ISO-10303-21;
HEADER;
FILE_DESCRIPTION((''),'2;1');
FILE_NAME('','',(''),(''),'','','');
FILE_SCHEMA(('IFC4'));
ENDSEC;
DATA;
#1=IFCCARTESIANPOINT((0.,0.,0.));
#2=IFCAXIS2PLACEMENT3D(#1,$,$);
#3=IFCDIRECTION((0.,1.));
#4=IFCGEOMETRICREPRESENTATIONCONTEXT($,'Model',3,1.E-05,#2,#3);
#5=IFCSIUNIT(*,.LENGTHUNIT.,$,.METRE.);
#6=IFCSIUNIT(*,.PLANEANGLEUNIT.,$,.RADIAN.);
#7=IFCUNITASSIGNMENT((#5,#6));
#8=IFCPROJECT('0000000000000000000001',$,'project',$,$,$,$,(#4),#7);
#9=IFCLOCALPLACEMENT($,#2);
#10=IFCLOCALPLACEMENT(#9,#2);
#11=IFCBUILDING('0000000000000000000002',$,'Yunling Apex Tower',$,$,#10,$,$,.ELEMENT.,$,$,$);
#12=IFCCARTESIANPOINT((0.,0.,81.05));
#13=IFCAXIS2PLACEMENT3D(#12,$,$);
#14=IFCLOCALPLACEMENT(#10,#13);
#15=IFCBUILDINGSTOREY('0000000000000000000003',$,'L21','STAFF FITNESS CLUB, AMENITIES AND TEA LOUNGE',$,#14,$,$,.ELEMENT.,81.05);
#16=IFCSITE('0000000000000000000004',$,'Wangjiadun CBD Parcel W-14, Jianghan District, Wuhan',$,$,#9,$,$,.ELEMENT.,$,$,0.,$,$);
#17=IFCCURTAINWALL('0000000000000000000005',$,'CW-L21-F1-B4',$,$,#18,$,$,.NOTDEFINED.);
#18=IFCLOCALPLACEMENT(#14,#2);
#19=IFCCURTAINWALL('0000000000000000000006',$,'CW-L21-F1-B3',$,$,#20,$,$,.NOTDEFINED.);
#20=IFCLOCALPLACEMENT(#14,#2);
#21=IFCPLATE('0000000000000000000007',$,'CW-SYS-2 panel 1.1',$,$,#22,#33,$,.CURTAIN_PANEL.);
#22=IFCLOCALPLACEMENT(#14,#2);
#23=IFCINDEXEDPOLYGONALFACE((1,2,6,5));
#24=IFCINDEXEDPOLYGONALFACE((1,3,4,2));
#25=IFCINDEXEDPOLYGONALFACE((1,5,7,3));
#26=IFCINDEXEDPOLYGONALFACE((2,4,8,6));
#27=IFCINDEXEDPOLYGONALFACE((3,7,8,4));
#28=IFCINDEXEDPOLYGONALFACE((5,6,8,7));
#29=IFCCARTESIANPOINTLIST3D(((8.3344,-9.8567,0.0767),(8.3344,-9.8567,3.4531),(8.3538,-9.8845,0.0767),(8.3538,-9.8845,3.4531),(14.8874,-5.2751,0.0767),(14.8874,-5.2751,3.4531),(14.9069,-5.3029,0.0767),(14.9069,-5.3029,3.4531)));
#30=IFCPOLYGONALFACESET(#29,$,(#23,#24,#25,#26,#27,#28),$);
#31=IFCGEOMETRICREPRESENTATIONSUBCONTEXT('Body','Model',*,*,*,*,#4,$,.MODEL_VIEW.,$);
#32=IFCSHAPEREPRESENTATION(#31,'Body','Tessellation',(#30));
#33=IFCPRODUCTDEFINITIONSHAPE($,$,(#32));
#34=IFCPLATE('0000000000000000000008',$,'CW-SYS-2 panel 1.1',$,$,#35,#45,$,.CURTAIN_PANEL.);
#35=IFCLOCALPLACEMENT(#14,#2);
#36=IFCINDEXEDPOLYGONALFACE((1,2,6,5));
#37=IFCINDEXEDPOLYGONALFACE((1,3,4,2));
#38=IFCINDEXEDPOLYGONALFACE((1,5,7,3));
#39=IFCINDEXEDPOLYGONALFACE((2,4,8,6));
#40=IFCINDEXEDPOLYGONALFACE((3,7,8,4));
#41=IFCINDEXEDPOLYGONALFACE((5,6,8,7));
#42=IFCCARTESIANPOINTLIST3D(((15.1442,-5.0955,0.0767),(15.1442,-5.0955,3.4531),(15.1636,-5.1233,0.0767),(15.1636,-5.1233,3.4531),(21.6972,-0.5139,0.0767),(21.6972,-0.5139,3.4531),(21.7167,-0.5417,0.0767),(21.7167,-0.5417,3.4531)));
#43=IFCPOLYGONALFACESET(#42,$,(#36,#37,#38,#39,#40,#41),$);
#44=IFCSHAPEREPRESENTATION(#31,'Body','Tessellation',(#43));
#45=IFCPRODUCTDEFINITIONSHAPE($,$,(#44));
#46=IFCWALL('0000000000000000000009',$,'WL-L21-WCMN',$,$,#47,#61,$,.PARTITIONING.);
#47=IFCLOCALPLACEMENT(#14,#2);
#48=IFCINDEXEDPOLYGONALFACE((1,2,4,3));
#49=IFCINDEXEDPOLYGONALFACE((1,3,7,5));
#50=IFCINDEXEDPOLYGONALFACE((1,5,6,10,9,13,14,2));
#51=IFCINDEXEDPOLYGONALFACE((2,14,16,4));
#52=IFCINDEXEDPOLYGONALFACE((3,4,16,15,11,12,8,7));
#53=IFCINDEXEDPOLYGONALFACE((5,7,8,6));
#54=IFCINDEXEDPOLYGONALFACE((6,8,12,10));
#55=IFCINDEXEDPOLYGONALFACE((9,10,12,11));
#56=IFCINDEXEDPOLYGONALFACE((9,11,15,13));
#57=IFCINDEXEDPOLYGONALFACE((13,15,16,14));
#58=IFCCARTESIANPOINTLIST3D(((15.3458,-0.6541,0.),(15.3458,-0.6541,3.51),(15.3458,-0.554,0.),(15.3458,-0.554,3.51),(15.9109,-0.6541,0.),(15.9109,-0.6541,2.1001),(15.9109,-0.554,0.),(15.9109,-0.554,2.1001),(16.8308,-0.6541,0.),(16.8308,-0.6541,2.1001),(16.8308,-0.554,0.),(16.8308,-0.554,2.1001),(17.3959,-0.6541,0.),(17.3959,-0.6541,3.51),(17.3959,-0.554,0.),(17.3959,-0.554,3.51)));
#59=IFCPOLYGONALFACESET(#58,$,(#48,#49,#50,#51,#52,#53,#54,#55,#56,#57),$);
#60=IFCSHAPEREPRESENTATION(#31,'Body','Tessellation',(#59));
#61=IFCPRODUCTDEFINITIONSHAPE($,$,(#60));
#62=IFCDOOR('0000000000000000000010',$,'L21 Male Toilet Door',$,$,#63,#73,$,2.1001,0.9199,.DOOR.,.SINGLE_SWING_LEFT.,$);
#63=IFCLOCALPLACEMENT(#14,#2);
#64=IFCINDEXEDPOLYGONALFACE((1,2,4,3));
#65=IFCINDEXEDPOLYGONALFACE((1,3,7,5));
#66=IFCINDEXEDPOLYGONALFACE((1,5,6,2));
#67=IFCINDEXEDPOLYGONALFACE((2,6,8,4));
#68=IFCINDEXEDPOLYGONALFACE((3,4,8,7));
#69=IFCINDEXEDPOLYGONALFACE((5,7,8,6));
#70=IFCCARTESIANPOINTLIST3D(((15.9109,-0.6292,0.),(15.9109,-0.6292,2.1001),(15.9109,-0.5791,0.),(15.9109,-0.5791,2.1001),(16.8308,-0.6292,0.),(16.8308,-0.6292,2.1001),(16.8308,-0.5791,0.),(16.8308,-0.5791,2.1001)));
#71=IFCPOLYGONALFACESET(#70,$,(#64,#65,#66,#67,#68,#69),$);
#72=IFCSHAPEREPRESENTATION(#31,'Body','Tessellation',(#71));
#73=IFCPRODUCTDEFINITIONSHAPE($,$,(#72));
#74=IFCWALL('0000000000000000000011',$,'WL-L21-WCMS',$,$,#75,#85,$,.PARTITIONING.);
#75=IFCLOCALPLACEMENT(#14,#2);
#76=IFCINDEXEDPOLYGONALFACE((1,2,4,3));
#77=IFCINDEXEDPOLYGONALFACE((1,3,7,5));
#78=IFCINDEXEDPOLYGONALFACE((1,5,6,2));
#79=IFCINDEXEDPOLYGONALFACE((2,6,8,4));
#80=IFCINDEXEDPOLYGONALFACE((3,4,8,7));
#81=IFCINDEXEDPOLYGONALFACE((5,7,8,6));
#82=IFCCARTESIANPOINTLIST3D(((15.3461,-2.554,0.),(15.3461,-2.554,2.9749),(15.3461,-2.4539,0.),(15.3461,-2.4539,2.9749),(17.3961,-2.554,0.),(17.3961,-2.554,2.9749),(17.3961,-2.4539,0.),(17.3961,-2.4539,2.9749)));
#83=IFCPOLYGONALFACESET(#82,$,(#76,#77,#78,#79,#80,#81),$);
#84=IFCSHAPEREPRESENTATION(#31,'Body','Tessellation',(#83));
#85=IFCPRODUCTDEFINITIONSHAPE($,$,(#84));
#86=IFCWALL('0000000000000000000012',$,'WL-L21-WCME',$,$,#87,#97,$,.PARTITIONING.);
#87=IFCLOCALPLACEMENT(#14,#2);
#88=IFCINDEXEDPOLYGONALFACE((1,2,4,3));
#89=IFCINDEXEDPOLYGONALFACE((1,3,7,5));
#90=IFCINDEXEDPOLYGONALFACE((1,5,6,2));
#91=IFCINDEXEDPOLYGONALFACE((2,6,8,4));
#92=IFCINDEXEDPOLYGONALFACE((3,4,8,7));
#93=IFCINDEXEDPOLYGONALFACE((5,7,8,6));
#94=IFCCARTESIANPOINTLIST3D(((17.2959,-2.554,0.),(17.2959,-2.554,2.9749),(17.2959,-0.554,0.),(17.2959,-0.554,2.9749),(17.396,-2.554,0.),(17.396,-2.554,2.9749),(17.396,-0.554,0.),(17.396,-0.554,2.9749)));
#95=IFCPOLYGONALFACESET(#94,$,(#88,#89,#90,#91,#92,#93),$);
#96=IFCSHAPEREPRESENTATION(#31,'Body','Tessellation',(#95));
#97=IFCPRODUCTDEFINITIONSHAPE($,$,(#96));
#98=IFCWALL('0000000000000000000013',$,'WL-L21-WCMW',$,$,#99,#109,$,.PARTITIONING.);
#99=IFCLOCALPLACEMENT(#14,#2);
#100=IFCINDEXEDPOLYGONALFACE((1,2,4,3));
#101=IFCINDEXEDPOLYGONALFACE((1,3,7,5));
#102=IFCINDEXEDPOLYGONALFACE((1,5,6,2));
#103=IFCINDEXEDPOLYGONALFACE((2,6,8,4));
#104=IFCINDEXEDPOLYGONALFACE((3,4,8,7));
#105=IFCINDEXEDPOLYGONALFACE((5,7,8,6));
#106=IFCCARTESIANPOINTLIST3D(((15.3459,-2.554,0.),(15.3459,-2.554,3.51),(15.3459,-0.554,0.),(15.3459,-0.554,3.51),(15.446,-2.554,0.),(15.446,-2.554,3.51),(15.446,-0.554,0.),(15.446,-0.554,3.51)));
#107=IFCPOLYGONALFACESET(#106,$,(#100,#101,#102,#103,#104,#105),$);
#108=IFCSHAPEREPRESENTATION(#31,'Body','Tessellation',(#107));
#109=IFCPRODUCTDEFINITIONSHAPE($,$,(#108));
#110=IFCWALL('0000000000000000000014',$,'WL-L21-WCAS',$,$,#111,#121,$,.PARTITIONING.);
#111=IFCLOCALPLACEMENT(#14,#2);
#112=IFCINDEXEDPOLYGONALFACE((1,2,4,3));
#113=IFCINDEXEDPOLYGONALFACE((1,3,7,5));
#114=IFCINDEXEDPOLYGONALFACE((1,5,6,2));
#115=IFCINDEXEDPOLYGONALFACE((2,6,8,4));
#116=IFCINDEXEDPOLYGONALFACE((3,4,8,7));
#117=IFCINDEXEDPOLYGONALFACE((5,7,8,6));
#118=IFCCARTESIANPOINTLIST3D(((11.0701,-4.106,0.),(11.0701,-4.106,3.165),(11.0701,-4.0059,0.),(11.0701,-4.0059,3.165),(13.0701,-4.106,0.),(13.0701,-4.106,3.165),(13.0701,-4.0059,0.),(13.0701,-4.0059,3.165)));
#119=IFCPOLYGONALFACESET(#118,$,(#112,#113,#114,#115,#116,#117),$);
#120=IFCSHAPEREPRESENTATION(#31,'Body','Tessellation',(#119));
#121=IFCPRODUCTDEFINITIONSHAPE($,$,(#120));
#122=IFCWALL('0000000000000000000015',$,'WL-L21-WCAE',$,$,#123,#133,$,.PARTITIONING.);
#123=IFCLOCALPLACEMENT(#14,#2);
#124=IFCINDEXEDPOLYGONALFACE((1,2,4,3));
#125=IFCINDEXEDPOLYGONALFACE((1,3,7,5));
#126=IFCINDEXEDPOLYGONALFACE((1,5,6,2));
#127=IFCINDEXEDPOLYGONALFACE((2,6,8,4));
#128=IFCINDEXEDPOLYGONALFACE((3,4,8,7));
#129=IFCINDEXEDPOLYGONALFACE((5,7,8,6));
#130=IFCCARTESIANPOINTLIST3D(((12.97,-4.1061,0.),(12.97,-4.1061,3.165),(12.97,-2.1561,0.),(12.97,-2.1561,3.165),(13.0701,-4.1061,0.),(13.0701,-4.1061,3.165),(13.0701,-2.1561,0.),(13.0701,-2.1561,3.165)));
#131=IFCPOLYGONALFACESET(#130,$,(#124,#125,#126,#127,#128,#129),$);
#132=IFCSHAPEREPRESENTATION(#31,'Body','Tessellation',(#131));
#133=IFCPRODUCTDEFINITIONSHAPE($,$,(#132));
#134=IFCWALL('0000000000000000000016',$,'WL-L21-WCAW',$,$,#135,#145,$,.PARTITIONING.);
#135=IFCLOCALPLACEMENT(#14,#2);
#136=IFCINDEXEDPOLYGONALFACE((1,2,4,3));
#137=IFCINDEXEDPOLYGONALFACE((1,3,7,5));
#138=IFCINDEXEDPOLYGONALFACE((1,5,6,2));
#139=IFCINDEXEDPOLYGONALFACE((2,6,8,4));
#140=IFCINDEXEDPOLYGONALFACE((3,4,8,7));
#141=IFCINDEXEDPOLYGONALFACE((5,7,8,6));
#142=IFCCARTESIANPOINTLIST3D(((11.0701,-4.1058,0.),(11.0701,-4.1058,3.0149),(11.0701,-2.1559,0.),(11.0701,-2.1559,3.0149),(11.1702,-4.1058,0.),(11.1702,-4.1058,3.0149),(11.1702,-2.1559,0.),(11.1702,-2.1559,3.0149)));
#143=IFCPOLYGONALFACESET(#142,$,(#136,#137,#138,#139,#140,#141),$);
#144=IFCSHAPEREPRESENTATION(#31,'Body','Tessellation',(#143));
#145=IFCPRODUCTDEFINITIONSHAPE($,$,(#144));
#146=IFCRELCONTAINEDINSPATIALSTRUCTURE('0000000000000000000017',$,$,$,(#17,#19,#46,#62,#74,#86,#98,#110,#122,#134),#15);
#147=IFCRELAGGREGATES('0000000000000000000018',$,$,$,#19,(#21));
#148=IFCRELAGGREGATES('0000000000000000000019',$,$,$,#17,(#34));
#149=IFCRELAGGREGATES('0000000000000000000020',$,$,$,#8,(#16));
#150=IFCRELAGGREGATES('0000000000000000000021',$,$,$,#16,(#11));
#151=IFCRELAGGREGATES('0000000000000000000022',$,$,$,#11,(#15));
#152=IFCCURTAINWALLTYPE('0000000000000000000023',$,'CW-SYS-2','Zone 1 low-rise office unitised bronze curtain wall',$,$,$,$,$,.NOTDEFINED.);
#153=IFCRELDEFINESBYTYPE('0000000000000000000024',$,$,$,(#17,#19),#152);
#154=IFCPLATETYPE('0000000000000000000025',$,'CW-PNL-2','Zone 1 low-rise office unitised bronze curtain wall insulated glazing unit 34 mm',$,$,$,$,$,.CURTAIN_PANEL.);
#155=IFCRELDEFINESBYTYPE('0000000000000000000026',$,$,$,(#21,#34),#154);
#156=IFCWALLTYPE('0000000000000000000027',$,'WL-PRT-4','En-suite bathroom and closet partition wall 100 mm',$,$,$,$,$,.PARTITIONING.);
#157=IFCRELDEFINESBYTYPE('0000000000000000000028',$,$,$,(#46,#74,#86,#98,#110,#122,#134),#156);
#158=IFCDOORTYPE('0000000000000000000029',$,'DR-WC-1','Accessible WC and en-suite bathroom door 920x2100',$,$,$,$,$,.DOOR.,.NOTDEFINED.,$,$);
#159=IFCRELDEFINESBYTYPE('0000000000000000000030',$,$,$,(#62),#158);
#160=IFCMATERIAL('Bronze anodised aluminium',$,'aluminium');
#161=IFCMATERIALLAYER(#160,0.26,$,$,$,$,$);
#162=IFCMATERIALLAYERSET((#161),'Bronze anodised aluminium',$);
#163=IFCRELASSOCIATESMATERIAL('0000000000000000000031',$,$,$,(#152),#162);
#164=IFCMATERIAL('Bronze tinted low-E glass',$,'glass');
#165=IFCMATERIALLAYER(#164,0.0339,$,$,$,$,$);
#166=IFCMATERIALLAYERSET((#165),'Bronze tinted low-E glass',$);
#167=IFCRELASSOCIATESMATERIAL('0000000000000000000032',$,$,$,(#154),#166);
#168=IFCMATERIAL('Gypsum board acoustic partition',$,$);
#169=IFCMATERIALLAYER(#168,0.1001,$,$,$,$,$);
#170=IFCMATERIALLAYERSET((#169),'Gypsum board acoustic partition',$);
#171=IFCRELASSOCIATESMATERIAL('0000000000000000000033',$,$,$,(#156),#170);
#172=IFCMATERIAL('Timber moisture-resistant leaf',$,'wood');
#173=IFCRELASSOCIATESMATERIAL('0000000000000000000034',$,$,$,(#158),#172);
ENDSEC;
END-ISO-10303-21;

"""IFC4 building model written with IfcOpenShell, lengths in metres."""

from ifc_helpers import new_model, si_unit, direction, frame, frame_2d, origin, origin_2d, place, context, subcontext, project, spatial, rectangle, extrude, source, transform, mapped, material, layer, layer_set, type_object, element, fill, aggregate, save


model = new_model("IFC4")

# Units and contexts
model_context = context("Model", 3, precision=1e-05, world=origin(), true_north=direction((0.0, 1.0)))
body_context = subcontext(model_context, "Body", "Model", "MODEL_VIEW")
ifc_project = project(units=[si_unit("LENGTHUNIT", "METRE"), si_unit("PLANEANGLEUNIT", "RADIAN")], contexts=[model_context])

# Site, building, storey
site_placement = place(None, origin())
site = spatial("IfcSite", under=ifc_project, at=site_placement, Name="Wangjiadun CBD Parcel W-14, Jianghan District, Wuhan", CompositionType="ELEMENT", RefElevation=0.0)
building_placement = place(site_placement, origin())
building = spatial("IfcBuilding", under=site, at=building_placement, Name="Yunling Apex Tower", CompositionType="ELEMENT")
storey_placement = place(building_placement, frame((0.0, 0.0, 81.05)))
storey = spatial("IfcBuildingStorey", under=building, at=storey_placement, Name="L21", Description="STAFF FITNESS CLUB, AMENITIES AND TEA LOUNGE", CompositionType="ELEMENT", Elevation=81.05)

# Curtain wall
ifc_material_1 = material(Name="Bronze anodised aluminium", Category="aluminium")
ifc_layer_1 = layer(ifc_material_1, 0.26)
ifc_layer_set_1 = layer_set([ifc_layer_1], Name="Bronze anodised aluminium")
curtain_wall_type = type_object("IfcCurtainWallType", Name="CW-SYS-2", Description="Zone 1 low-rise office unitised bronze curtain wall", PredefinedType="NOTDEFINED", material=ifc_layer_set_1)
curtain_wall_1_placement = place(storey_placement, origin())
curtain_wall_1 = element("IfcCurtainWall", 1, at=curtain_wall_1_placement, inside=storey, type_object=curtain_wall_type, Name="CW-L21-F1-B4", PredefinedType="NOTDEFINED")

# Curtain wall
curtain_wall_2_placement = place(storey_placement, origin())
curtain_wall_2 = element("IfcCurtainWall", 2, at=curtain_wall_2_placement, inside=storey, type_object=curtain_wall_type, Name="CW-L21-F1-B3", PredefinedType="NOTDEFINED")

# Plates
ifc_material_2 = material(Name="Bronze tinted low-E glass", Category="glass")
ifc_layer_2 = layer(ifc_material_2, 0.0339)
ifc_layer_set_2 = layer_set([ifc_layer_2], Name="Bronze tinted low-E glass")
plate_type = type_object("IfcPlateType", Name="CW-PNL-2", Description="Zone 1 low-rise office unitised bronze curtain wall insulated glazing unit 34 mm", PredefinedType="CURTAIN_PANEL", material=ifc_layer_set_2)
shared_shape_1 = source(origin(), body_context, "Body", "SweptSolid", [
    extrude(rectangle(XDim=7.9958, YDim=0.0339, at=origin_2d()), origin(), (0.0, 0.0, 1.0), 3.3765),
])
plate_1_placement = place(storey_placement, frame((11.6206, -7.5798, 0.0767), z_axis=(0.0, 0.0, 1.0), x_axis=(0.819558, 0.572996, 0.0)))
plate_1 = element("IfcPlate", 3, at=plate_1_placement, type_object=plate_type, Name="CW-SYS-2 panel 1.1", PredefinedType="CURTAIN_PANEL", context=body_context, shape_type="MappedRepresentation", body=[
    mapped(shared_shape_1, transform((0.0, 0.0, 0.0), scale=1.0)),
])
aggregate(curtain_wall_2, [plate_1])
plate_2_placement = place(storey_placement, frame((18.4304, -2.8186, 0.0767), z_axis=(0.0, 0.0, 1.0), x_axis=(0.819552, 0.573004, 0.0)))
plate_2 = element("IfcPlate", 4, at=plate_2_placement, type_object=plate_type, Name="CW-SYS-2 panel 1.1", PredefinedType="CURTAIN_PANEL", context=body_context, shape_type="MappedRepresentation", body=[
    mapped(shared_shape_1, transform((0.0, 0.0, 0.0), scale=1.0)),
])
aggregate(curtain_wall_1, [plate_2])

# Wall, opening, door
ifc_material_3 = material(Name="Gypsum board acoustic partition")
ifc_layer_3 = layer(ifc_material_3, 0.1001)
ifc_layer_set_3 = layer_set([ifc_layer_3], Name="Gypsum board acoustic partition")
wall_type = type_object("IfcWallType", Name="WL-PRT-4", Description="En-suite bathroom and closet partition wall 100 mm", PredefinedType="PARTITIONING", material=ifc_layer_set_3)
wall_1_placement = place(storey_placement, frame((15.3459, -0.604, 0.0), z_axis=(0.0, 0.0, 1.0), x_axis=(1.0, 0.0, 0.0)))
wall_1 = element("IfcWall", 5, at=wall_1_placement, inside=storey, type_object=wall_type, Name="WL-L21-WCMN", PredefinedType="PARTITIONING", context=body_context, shape_type="SweptSolid", body=[
    extrude(rectangle(XDim=2.05, YDim=0.1001, at=frame_2d((1.0249, 0.0))), origin(), (0.0, 0.0, 1.0), 3.51),
])
opening_placement = place(wall_1_placement, frame((0.5649, 0.0, 0.0)))
opening = element("IfcOpeningElement", 6, at=opening_placement, cuts=wall_1, PredefinedType="OPENING", context=body_context, shape_type="SweptSolid", body=[
    extrude(rectangle(XDim=0.9199, YDim=2.1001, at=frame_2d((0.46, 1.05))), frame((0.0, 0.0601, 0.0), z_axis=(0.0, -1.0, 0.0), x_axis=(1.0, 0.0, 0.0)), (0.0, 0.0, 1.0), 0.1201),
])
ifc_material_4 = material(Name="Timber moisture-resistant leaf", Category="wood")
door_type = type_object("IfcDoorType", Name="DR-WC-1", Description="Accessible WC and en-suite bathroom door 920x2100", OperationType="NOTDEFINED", PredefinedType="DOOR", material=ifc_material_4)
door_placement = place(opening_placement, origin())
door = element("IfcDoor", 7, at=door_placement, inside=storey, type_object=door_type, Name="L21 Male Toilet Door", OperationType="SINGLE_SWING_LEFT", OverallHeight=2.1001, OverallWidth=0.9199, PredefinedType="DOOR", context=body_context, shape_type="SweptSolid", body=[
    extrude(rectangle(XDim=0.9199, YDim=2.1001, at=frame_2d((0.46, 1.05))), frame((0.0, 0.0249, 0.0), z_axis=(0.0, -1.0, 0.0), x_axis=(1.0, 0.0, 0.0)), (0.0, 0.0, 1.0), 0.05),
])
fill(opening, door)

# Walls
wall_2_placement = place(storey_placement, frame((17.396, -2.5039, 0.0), z_axis=(0.0, 0.0, 1.0), x_axis=(-1.0, 0.0, 0.0)))
element("IfcWall", 8, at=wall_2_placement, inside=storey, type_object=wall_type, Name="WL-L21-WCMS", PredefinedType="PARTITIONING", context=body_context, shape_type="SweptSolid", body=[
    extrude(rectangle(XDim=2.05, YDim=0.1001, at=frame_2d((1.0249, 0.0))), origin(), (0.0, 0.0, 1.0), 2.9749),
])
wall_3_placement = place(storey_placement, frame((17.3459, -0.554, 0.0), z_axis=(0.0, 0.0, 1.0), x_axis=(0.0, -1.0, 0.0)))
element("IfcWall", 9, at=wall_3_placement, inside=storey, type_object=wall_type, Name="WL-L21-WCME", PredefinedType="PARTITIONING", context=body_context, shape_type="SweptSolid", body=[
    extrude(rectangle(XDim=2.0, YDim=0.1001, at=frame_2d((1.0, 0.0))), origin(), (0.0, 0.0, 1.0), 2.9749),
])
wall_4_placement = place(storey_placement, frame((15.396, -2.554, 0.0), z_axis=(0.0, 0.0, 1.0), x_axis=(0.0, 1.0, 0.0)))
element("IfcWall", 10, at=wall_4_placement, inside=storey, type_object=wall_type, Name="WL-L21-WCMW", PredefinedType="PARTITIONING", context=body_context, shape_type="SweptSolid", body=[
    extrude(rectangle(XDim=2.0, YDim=0.1001, at=frame_2d((1.0, 0.0))), origin(), (0.0, 0.0, 1.0), 3.51),
])
wall_5_placement = place(storey_placement, frame((13.0701, -4.0559, 0.0), z_axis=(0.0, 0.0, 1.0), x_axis=(-1.0, 0.0, 0.0)))
element("IfcWall", 11, at=wall_5_placement, inside=storey, type_object=wall_type, Name="WL-L21-WCAS", PredefinedType="PARTITIONING", context=body_context, shape_type="SweptSolid", body=[
    extrude(rectangle(XDim=2.0, YDim=0.1001, at=frame_2d((1.0, 0.0))), origin(), (0.0, 0.0, 1.0), 3.165),
])
wall_6_placement = place(storey_placement, frame((13.02, -2.156, 0.0), z_axis=(0.0, 0.0, 1.0), x_axis=(0.0, -1.0, 0.0)))
element("IfcWall", 12, at=wall_6_placement, inside=storey, type_object=wall_type, Name="WL-L21-WCAE", PredefinedType="PARTITIONING", context=body_context, shape_type="SweptSolid", body=[
    extrude(rectangle(XDim=1.95, YDim=0.1001, at=frame_2d((0.9751, 0.0))), origin(), (0.0, 0.0, 1.0), 3.165),
])
wall_7_placement = place(storey_placement, frame((11.1201, -4.106, 0.0), z_axis=(0.0, 0.0, 1.0), x_axis=(0.0, 1.0, 0.0)))
element("IfcWall", 13, at=wall_7_placement, inside=storey, type_object=wall_type, Name="WL-L21-WCAW", PredefinedType="PARTITIONING", context=body_context, shape_type="SweptSolid", body=[
    extrude(rectangle(XDim=1.95, YDim=0.1001, at=frame_2d((0.9751, 0.0))), origin(), (0.0, 0.0, 1.0), 3.0149),
])

save(model, "model.ifc")
